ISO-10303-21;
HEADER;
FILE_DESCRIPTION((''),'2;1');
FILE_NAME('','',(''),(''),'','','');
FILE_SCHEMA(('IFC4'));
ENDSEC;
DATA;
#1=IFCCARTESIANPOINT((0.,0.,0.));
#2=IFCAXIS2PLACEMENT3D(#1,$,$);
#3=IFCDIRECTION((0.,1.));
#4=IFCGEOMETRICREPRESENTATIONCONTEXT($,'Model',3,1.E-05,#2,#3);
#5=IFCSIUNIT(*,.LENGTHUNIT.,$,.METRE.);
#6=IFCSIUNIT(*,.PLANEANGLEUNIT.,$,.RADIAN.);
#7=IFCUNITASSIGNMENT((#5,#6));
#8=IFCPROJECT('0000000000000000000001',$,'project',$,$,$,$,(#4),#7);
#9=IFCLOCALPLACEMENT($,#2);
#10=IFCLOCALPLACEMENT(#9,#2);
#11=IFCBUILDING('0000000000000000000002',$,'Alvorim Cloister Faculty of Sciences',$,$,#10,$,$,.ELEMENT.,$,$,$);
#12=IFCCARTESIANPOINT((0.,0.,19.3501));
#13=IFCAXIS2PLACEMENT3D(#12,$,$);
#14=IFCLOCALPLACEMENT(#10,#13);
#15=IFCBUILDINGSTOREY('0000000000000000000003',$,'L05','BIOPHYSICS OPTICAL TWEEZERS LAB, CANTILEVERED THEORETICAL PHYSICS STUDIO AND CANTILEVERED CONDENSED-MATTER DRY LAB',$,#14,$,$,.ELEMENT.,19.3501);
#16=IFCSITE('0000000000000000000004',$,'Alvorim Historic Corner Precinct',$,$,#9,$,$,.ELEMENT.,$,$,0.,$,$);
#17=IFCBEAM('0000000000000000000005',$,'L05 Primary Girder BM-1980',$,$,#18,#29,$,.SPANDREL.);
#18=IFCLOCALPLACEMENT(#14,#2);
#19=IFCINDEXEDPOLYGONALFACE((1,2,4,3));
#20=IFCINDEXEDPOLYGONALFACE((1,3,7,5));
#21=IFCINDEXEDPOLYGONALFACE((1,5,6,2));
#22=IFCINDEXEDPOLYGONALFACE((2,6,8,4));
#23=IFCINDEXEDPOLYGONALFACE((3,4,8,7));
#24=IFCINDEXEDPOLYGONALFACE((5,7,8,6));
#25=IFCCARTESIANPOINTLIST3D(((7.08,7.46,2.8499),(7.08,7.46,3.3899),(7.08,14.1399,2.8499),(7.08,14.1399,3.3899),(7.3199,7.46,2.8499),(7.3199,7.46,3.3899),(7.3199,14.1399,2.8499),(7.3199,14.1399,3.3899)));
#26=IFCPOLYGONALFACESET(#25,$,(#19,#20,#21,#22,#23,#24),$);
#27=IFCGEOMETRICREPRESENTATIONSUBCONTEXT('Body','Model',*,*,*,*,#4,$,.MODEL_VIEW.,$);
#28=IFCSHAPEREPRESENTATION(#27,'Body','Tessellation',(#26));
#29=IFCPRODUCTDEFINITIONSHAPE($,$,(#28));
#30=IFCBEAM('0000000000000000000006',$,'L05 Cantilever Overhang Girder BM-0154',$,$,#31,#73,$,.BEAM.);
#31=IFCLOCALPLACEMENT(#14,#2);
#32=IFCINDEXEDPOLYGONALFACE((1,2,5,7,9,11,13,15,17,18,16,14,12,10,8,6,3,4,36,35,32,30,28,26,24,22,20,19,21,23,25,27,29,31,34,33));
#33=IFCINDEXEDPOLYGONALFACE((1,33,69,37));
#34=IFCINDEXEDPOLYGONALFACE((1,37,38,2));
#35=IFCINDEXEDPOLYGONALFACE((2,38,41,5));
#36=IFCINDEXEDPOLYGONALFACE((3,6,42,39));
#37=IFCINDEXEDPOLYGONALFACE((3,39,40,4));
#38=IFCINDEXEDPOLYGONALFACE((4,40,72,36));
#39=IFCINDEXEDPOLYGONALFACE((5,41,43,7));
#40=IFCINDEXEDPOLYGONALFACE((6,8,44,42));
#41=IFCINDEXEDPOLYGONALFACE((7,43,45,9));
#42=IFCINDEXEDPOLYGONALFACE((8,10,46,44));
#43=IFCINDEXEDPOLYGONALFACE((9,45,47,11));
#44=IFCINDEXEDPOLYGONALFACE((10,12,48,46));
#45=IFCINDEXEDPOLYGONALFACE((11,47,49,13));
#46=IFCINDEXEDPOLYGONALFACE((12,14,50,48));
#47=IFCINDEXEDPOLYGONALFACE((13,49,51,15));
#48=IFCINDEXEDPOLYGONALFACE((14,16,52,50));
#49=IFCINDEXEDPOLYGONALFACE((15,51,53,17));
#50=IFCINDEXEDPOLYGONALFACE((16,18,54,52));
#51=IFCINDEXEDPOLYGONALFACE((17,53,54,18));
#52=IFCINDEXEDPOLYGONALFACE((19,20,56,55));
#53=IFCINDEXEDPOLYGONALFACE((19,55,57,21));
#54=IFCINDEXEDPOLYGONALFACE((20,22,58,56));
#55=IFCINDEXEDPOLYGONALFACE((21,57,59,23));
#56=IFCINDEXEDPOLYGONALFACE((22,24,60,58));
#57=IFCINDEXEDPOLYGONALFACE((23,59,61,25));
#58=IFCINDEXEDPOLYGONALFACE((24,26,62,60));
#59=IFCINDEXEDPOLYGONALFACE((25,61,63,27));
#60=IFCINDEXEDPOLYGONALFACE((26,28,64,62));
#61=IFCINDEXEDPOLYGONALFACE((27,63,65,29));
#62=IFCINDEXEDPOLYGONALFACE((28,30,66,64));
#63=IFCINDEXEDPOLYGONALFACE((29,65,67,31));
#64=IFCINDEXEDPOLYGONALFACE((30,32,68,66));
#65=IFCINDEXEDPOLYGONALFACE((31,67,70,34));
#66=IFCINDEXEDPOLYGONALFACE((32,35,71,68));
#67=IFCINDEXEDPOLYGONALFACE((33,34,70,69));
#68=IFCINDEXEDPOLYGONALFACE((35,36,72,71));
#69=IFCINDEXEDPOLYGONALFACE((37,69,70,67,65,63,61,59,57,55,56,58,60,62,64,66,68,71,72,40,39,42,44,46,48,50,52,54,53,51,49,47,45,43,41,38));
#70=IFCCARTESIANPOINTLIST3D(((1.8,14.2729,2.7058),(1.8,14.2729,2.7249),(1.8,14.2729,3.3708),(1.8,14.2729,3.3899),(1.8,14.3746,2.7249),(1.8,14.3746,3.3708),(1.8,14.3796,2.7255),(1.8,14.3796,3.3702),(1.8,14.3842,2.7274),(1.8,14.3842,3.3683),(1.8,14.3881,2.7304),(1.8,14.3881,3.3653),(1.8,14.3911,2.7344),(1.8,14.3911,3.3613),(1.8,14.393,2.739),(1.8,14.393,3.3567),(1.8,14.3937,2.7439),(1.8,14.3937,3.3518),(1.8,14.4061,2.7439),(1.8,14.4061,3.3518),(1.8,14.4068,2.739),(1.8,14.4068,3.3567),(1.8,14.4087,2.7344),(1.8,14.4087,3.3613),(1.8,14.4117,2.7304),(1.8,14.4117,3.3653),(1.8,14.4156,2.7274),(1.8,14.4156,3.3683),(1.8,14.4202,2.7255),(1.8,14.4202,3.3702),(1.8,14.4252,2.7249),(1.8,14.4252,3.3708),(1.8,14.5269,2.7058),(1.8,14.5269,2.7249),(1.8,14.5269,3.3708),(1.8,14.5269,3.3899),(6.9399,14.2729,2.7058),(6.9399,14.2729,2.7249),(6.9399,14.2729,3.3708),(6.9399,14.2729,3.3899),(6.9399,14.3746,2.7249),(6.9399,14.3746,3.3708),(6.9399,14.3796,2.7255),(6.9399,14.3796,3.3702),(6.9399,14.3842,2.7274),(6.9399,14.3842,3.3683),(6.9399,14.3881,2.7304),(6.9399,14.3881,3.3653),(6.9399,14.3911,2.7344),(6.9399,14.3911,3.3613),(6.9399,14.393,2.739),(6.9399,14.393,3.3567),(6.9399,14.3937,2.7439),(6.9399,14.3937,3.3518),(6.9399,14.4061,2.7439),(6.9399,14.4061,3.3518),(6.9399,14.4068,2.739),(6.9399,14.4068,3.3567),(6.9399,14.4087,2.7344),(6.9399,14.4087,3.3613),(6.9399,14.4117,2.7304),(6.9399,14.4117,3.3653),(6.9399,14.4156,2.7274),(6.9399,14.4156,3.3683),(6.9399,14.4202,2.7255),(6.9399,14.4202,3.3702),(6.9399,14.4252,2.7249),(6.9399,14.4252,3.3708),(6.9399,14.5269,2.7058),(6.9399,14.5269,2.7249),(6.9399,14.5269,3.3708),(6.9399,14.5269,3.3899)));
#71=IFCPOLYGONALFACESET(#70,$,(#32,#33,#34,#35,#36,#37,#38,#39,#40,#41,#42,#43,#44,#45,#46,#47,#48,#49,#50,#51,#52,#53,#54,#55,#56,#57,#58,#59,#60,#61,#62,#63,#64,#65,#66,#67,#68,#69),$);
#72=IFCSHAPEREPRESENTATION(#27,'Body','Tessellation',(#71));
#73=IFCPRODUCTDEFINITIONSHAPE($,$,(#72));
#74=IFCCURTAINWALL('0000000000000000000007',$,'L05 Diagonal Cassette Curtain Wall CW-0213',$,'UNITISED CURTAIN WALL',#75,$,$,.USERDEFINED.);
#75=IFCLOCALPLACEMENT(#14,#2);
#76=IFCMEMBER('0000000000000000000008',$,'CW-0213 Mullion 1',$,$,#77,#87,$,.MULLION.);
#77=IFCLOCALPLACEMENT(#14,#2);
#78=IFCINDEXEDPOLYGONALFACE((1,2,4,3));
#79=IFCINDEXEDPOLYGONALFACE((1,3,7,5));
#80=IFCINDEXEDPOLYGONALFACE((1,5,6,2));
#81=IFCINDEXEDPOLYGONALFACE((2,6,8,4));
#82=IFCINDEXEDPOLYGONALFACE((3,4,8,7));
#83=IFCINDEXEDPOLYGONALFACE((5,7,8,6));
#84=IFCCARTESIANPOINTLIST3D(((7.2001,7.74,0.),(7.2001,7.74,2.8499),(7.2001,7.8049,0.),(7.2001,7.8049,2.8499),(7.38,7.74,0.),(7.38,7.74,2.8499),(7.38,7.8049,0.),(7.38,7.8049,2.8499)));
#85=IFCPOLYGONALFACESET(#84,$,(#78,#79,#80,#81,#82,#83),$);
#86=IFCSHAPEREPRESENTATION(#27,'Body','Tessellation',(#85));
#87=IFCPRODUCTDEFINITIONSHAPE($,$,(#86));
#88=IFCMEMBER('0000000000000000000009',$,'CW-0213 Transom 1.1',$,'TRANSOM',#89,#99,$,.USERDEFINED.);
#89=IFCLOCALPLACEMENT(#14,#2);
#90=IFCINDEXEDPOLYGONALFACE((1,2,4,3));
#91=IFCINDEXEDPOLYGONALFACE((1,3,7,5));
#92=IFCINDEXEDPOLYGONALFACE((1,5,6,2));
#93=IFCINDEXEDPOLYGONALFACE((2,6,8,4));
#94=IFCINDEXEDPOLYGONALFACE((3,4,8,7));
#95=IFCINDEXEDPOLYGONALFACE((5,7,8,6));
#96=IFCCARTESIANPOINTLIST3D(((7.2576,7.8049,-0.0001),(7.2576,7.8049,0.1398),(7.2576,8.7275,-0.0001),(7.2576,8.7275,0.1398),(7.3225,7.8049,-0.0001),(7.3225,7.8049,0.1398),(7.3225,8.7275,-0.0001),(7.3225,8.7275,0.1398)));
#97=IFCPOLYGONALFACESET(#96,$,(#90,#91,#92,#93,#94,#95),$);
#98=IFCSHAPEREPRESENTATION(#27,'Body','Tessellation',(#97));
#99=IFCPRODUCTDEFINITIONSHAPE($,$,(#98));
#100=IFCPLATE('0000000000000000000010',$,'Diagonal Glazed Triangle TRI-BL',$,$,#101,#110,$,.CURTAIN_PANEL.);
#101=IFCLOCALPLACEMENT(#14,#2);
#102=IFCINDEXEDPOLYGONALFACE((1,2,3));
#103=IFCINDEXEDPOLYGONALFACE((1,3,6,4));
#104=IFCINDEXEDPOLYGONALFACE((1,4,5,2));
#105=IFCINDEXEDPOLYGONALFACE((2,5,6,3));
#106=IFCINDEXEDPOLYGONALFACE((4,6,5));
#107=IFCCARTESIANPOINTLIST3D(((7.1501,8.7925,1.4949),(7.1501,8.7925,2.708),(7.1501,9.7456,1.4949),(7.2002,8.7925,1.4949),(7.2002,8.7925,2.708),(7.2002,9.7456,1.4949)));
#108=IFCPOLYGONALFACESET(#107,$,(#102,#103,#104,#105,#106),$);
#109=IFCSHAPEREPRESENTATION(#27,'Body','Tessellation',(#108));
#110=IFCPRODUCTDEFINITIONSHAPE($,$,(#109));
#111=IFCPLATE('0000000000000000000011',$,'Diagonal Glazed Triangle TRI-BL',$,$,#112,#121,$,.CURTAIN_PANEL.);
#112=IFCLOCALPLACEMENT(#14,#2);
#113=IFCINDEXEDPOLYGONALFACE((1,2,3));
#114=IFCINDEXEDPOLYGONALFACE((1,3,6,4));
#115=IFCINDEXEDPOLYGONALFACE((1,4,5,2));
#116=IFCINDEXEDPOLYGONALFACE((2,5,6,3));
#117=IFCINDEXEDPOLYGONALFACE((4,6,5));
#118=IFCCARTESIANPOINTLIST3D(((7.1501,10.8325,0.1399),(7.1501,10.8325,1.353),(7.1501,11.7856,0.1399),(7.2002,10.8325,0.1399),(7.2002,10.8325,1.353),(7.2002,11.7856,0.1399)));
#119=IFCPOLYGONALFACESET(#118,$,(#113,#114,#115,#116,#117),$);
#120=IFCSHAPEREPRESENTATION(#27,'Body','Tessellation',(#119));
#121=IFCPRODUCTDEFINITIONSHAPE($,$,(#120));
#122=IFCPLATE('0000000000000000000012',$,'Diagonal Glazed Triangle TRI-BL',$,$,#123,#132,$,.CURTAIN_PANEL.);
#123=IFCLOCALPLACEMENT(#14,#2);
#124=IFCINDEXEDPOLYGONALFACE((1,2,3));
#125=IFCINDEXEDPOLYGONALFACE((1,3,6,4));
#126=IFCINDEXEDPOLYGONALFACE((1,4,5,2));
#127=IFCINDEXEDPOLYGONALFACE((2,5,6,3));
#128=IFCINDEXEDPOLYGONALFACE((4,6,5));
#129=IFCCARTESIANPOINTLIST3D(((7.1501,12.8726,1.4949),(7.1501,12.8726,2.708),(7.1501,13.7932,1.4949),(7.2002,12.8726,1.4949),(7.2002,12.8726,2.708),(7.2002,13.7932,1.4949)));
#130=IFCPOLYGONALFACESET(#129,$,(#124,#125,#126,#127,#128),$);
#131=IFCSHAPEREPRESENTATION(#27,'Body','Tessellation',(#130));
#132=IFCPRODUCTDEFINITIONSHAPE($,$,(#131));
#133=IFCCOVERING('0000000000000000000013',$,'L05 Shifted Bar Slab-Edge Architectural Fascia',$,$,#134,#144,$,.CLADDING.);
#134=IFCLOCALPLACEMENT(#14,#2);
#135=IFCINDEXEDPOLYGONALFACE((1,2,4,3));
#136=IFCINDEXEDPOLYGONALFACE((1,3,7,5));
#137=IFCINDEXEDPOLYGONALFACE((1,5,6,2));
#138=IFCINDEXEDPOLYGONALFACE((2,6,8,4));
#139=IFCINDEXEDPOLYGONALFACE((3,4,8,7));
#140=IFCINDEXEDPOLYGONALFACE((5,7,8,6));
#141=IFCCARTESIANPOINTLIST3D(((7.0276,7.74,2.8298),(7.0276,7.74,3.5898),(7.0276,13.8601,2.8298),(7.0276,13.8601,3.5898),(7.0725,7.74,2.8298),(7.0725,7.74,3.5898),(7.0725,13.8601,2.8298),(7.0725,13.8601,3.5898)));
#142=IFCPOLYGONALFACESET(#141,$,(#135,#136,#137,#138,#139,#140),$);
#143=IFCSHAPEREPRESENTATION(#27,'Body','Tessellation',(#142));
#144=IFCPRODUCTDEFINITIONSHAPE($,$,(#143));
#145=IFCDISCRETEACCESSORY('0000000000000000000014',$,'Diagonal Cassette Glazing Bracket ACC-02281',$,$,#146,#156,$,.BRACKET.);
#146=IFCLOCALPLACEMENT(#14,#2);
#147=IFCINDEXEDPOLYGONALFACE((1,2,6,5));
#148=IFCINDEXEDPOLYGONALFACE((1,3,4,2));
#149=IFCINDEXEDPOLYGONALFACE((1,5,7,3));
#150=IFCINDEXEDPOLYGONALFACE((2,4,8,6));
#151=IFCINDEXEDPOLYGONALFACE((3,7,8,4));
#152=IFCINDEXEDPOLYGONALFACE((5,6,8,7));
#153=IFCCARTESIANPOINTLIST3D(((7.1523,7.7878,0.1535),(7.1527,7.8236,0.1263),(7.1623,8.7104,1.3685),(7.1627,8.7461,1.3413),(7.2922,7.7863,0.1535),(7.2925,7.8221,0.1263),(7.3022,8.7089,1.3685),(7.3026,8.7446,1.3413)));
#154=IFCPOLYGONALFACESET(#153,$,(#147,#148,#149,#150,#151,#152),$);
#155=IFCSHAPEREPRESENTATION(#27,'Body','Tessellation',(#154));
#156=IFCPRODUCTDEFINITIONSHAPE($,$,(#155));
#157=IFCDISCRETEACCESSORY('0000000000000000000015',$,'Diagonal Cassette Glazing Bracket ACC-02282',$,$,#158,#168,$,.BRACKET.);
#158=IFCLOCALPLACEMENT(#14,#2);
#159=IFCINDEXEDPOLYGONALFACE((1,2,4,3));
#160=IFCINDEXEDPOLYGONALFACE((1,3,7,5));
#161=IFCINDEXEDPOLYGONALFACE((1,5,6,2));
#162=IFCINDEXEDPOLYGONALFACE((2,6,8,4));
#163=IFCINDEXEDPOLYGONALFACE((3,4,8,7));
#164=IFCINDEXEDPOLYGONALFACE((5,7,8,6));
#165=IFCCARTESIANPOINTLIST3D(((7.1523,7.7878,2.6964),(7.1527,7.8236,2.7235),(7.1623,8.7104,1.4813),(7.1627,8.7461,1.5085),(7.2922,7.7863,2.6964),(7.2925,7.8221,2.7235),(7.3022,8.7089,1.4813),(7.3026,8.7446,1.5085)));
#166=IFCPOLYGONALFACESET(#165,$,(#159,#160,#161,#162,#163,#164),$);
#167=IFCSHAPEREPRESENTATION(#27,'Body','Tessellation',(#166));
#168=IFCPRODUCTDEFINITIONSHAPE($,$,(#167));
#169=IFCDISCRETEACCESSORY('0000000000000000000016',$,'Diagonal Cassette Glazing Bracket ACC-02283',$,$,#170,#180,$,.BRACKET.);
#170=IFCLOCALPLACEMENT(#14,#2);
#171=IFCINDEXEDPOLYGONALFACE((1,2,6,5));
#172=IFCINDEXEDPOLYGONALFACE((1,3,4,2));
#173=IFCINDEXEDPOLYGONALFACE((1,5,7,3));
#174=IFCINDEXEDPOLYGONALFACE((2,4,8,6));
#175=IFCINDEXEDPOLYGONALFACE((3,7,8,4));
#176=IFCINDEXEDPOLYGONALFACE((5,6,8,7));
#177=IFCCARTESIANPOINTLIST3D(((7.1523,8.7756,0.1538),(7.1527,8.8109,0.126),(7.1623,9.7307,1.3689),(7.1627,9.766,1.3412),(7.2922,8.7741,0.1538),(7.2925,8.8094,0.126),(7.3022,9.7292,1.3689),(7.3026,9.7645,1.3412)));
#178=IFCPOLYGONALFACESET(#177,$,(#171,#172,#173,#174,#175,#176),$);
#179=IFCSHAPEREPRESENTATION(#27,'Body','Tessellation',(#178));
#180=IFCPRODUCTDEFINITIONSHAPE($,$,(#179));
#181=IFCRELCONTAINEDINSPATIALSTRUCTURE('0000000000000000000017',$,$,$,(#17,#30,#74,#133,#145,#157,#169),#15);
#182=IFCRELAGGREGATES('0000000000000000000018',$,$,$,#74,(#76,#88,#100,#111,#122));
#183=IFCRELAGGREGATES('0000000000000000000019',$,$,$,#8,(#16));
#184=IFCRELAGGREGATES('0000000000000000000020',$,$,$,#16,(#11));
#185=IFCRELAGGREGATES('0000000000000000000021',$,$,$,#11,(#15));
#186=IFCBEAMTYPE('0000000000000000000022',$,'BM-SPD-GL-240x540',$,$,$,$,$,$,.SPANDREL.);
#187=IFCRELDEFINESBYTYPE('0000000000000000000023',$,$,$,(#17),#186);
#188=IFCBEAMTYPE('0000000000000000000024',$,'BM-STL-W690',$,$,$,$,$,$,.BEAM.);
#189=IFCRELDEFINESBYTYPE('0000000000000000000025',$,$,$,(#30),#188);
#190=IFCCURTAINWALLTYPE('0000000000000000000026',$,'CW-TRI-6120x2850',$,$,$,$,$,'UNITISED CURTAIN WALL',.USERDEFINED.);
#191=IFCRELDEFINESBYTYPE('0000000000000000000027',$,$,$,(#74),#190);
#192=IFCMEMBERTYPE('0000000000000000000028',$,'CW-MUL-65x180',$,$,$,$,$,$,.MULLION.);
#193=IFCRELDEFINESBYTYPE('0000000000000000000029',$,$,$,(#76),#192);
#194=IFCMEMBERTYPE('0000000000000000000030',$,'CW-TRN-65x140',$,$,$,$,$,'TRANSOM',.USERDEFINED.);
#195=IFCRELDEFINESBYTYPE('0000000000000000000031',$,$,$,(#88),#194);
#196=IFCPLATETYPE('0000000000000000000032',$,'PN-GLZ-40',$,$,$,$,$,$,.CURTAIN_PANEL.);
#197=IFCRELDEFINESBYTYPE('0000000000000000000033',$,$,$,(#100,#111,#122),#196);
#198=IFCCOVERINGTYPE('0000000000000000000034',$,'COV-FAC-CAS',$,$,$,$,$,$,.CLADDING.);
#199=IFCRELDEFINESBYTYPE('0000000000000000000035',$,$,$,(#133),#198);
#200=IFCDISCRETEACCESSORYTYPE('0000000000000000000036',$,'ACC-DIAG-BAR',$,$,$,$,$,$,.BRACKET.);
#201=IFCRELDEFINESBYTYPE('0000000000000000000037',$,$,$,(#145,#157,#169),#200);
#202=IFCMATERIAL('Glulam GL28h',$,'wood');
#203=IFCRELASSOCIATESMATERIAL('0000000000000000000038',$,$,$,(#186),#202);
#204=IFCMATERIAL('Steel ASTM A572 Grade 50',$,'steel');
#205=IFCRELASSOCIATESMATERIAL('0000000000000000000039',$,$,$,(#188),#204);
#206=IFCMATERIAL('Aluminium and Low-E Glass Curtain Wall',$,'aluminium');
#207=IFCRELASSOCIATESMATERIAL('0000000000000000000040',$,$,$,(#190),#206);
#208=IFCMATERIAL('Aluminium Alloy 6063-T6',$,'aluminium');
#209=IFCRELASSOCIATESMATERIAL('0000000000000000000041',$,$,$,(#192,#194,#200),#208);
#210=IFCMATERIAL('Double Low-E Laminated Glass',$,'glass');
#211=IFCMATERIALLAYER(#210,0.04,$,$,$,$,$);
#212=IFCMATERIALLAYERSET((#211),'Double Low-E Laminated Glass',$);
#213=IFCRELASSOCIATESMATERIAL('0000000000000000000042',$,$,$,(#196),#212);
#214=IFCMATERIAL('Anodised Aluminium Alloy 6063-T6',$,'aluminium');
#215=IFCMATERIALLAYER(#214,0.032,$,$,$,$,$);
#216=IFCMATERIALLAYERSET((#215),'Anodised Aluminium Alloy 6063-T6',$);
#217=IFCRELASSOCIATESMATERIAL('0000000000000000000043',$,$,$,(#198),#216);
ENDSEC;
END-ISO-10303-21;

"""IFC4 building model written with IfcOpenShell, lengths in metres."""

from ifc_helpers import new_model, si_unit, direction, frame, origin, origin_2d, place, context, subcontext, project, spatial, polyline, rectangle, i_section, outline, extrude, material, layer, layer_set, material_profile, profile_set, type_object, element, aggregate, save


model = new_model("IFC4")

# Units and contexts
model_context = context("Model", 3, precision=1e-05, world=origin(), true_north=direction((0.0, 1.0)))
body_context = subcontext(model_context, "Body", "Model", "MODEL_VIEW")
ifc_project = project(units=[si_unit("LENGTHUNIT", "METRE"), si_unit("PLANEANGLEUNIT", "RADIAN")], contexts=[model_context])

# Site, building, storey
site_placement = place(None, origin())
site = spatial("IfcSite", under=ifc_project, at=site_placement, Name="Alvorim Historic Corner Precinct", CompositionType="ELEMENT", RefElevation=0.0)
building_placement = place(site_placement, origin())
building = spatial("IfcBuilding", under=site, at=building_placement, Name="Alvorim Cloister Faculty of Sciences", CompositionType="ELEMENT")
storey_placement = place(building_placement, frame((0.0, 0.0, 19.3501)))
storey = spatial("IfcBuildingStorey", under=building, at=storey_placement, Name="L05", Description="BIOPHYSICS OPTICAL TWEEZERS LAB, CANTILEVERED THEORETICAL PHYSICS STUDIO AND CANTILEVERED CONDENSED-MATTER DRY LAB", CompositionType="ELEMENT", Elevation=19.3501)

# Beams
ifc_material_1 = material(Name="Glulam GL28h", Category="wood")
ifc_material_profile_1 = material_profile(ifc_material_1, rectangle(XDim=0.24, YDim=0.54, at=origin_2d()), Name="GL28-SPD-240x540")
ifc_profile_set_1 = profile_set([ifc_material_profile_1], Name="Glulam GL28h")
beam_type_1 = type_object("IfcBeamType", Name="BM-SPD-GL-240x540", PredefinedType="SPANDREL", material=ifc_profile_set_1)
beam_1_placement = place(storey_placement, frame((7.2, 7.46, 3.1199), z_axis=(0.0, 1.0, 0.0), x_axis=(-1.0, 0.0, 0.0)))
element("IfcBeam", 1, at=beam_1_placement, inside=storey, type_object=beam_type_1, Name="L05 Primary Girder BM-1980", PredefinedType="SPANDREL", context=body_context, shape_type="SweptSolid", body=[
    extrude(rectangle(XDim=0.24, YDim=0.54, at=origin_2d()), origin(), (0.0, 0.0, 1.0), 6.6799),
])
ifc_material_2 = material(Name="Steel ASTM A572 Grade 50", Category="steel")
ifc_material_profile_2 = material_profile(ifc_material_2, i_section(OverallWidth=0.2539, OverallDepth=0.6841, WebThickness=0.0125, FlangeThickness=0.019, FilletRadius=0.019, at=origin_2d()), Name="W690x140.0")
ifc_profile_set_2 = profile_set([ifc_material_profile_2], Name="Steel ASTM A572 Grade 50")
beam_type_2 = type_object("IfcBeamType", Name="BM-STL-W690", PredefinedType="BEAM", material=ifc_profile_set_2)
beam_2_placement = place(storey_placement, frame((1.8, 14.3999, 3.0479), z_axis=(1.0, 0.0, 0.0), x_axis=(0.0, 1.0, 0.0)))
element("IfcBeam", 2, at=beam_2_placement, inside=storey, type_object=beam_type_2, Name="L05 Cantilever Overhang Girder BM-0154", PredefinedType="BEAM", context=body_context, shape_type="SweptSolid", body=[
    extrude(i_section(OverallWidth=0.2539, OverallDepth=0.6841, WebThickness=0.0125, FlangeThickness=0.019, FilletRadius=0.019, at=origin_2d()), origin(), (0.0, 0.0, 1.0), 5.1399),
])

# Curtain wall, members, plates
ifc_material_3 = material(Name="Aluminium and Low-E Glass Curtain Wall", Category="aluminium")
curtain_wall_type = type_object("IfcCurtainWallType", Name="CW-TRI-6120x2850", ElementType="UNITISED CURTAIN WALL", PredefinedType="USERDEFINED", material=ifc_material_3)
curtain_wall_placement = place(storey_placement, origin())
curtain_wall = element("IfcCurtainWall", 3, at=curtain_wall_placement, inside=storey, type_object=curtain_wall_type, Name="L05 Diagonal Cassette Curtain Wall CW-0213", ObjectType="UNITISED CURTAIN WALL", PredefinedType="USERDEFINED")
ifc_material_4 = material(Name="Aluminium Alloy 6063-T6", Category="aluminium")
ifc_material_profile_3 = material_profile(ifc_material_4, rectangle(XDim=0.0649, YDim=0.1799, at=origin_2d()), Name="ALU-MUL-65x180")
ifc_profile_set_3 = profile_set([ifc_material_profile_3], Name="Aluminium Alloy 6063-T6")
member_type_1 = type_object("IfcMemberType", Name="CW-MUL-65x180", PredefinedType="MULLION", material=ifc_profile_set_3)
member_1_placement = place(storey_placement, frame((7.29, 7.7725, 0.0), z_axis=(0.0, 0.0, 1.0), x_axis=(0.0, 1.0, 0.0)))
member_1 = element("IfcMember", 4, at=member_1_placement, type_object=member_type_1, Name="CW-0213 Mullion 1", PredefinedType="MULLION", context=body_context, shape_type="SweptSolid", body=[
    extrude(rectangle(XDim=0.0649, YDim=0.1799, at=origin_2d()), origin(), (0.0, 0.0, 1.0), 2.8499),
])
ifc_material_profile_4 = material_profile(ifc_material_4, rectangle(XDim=0.0649, YDim=0.1399, at=origin_2d()), Name="ALU-TRN-65x140")
ifc_profile_set_4 = profile_set([ifc_material_profile_4], Name="Aluminium Alloy 6063-T6")
member_type_2 = type_object("IfcMemberType", Name="CW-TRN-65x140", ElementType="TRANSOM", PredefinedType="USERDEFINED", material=ifc_profile_set_4)
member_2_placement = place(storey_placement, frame((7.29, 7.8049, 0.0698), z_axis=(0.0, 1.0, 0.0), x_axis=(-1.0, 0.0, 0.0)))
member_2 = element("IfcMember", 5, at=member_2_placement, type_object=member_type_2, Name="CW-0213 Transom 1.1", ObjectType="TRANSOM", PredefinedType="USERDEFINED", context=body_context, shape_type="SweptSolid", body=[
    extrude(rectangle(XDim=0.0649, YDim=0.1399, at=origin_2d()), origin(), (0.0, 0.0, 1.0), 0.9226),
])
ifc_material_5 = material(Name="Double Low-E Laminated Glass", Category="glass")
ifc_layer_1 = layer(ifc_material_5, 0.04)
ifc_layer_set_1 = layer_set([ifc_layer_1], Name="Double Low-E Laminated Glass")
plate_type = type_object("IfcPlateType", Name="PN-GLZ-40", PredefinedType="CURTAIN_PANEL", material=ifc_layer_set_1)
plate_1_placement = place(storey_placement, frame((7.175, 8.7925, 1.4949), z_axis=(0.0, 0.0, 1.0), x_axis=(0.0, 1.0, 0.0)))
plate_1 = element("IfcPlate", 6, at=plate_1_placement, type_object=plate_type, Name="Diagonal Glazed Triangle TRI-BL", PredefinedType="CURTAIN_PANEL", context=body_context, shape_type="SweptSolid", body=[
    extrude(outline(polyline([(0.0, 0.0), (0.9531, 0.0), (0.0, 1.2131), (0.0, 0.0)])), frame((0.0, 0.0249, 0.0), z_axis=(0.0, -1.0, 0.0), x_axis=(1.0, 0.0, 0.0)), (0.0, 0.0, 1.0), 0.05),
])
plate_2_placement = place(storey_placement, frame((7.175, 10.8325, 0.1399), z_axis=(0.0, 0.0, 1.0), x_axis=(0.0, 1.0, 0.0)))
plate_2 = element("IfcPlate", 7, at=plate_2_placement, type_object=plate_type, Name="Diagonal Glazed Triangle TRI-BL", PredefinedType="CURTAIN_PANEL", context=body_context, shape_type="SweptSolid", body=[
    extrude(outline(polyline([(0.0, 0.0), (0.9531, 0.0), (0.0, 1.2131), (0.0, 0.0)])), frame((0.0, 0.0249, 0.0), z_axis=(0.0, -1.0, 0.0), x_axis=(1.0, 0.0, 0.0)), (0.0, 0.0, 1.0), 0.05),
])
plate_3_placement = place(storey_placement, frame((7.175, 12.8726, 1.4949), z_axis=(0.0, 0.0, 1.0), x_axis=(0.0, 1.0, 0.0)))
plate_3 = element("IfcPlate", 8, at=plate_3_placement, type_object=plate_type, Name="Diagonal Glazed Triangle TRI-BL", PredefinedType="CURTAIN_PANEL", context=body_context, shape_type="SweptSolid", body=[
    extrude(outline(polyline([(0.0, 0.0), (0.9207, 0.0), (0.0, 1.2131), (0.0, 0.0)])), frame((0.0, 0.0249, 0.0), z_axis=(0.0, -1.0, 0.0), x_axis=(1.0, 0.0, 0.0)), (0.0, 0.0, 1.0), 0.05),
])
aggregate(curtain_wall, [member_1, member_2, plate_1, plate_2, plate_3])

# Covering
ifc_material_6 = material(Name="Anodised Aluminium Alloy 6063-T6", Category="aluminium")
ifc_layer_2 = layer(ifc_material_6, 0.032)
ifc_layer_set_2 = layer_set([ifc_layer_2], Name="Anodised Aluminium Alloy 6063-T6")
covering_type = type_object("IfcCoveringType", Name="COV-FAC-CAS", PredefinedType="CLADDING", material=ifc_layer_set_2)
covering_placement = place(storey_placement, frame((7.05, 7.74, 2.8298), z_axis=(0.0, 0.0, 1.0), x_axis=(0.0, 1.0, 0.0)))
element("IfcCovering", 9, at=covering_placement, inside=storey, type_object=covering_type, Name="L05 Shifted Bar Slab-Edge Architectural Fascia", PredefinedType="CLADDING", context=body_context, shape_type="SweptSolid", body=[
    extrude(outline(polyline([(0.0, 0.0), (6.1201, 0.0), (6.1201, 0.76), (0.0, 0.76), (0.0, 0.0)])), frame((0.0, 0.0225, 0.0), z_axis=(0.0, -1.0, 0.0), x_axis=(1.0, 0.0, 0.0)), (0.0, 0.0, 1.0), 0.0449),
])

# Discrete accessories
discrete_accessory_type = type_object("IfcDiscreteAccessoryType", Name="ACC-DIAG-BAR", PredefinedType="BRACKET", material=ifc_material_4)
for number, where, z_axis, x_axis, name in (
    (10, (7.2224, 7.8049, 0.1399), (0.006561, 0.604713, 0.796416), (-0.999941, 0.010849, 0.0), "Diagonal Cassette Glazing Bracket ACC-02281"),
    (11, (7.2224, 7.8049, 2.71), (0.006561, 0.604713, -0.796416), (-0.999941, 0.010849, 0.0), "Diagonal Cassette Glazing Bracket ACC-02282"),
):
    element("IfcDiscreteAccessory", number, at=place(storey_placement, frame(where, z_axis=z_axis, x_axis=x_axis)), inside=storey, type_object=discrete_accessory_type, Name=name, PredefinedType="BRACKET", context=body_context, shape_type="SweptSolid", body=[
        extrude(rectangle(XDim=0.1399, YDim=0.0449, at=origin_2d()), origin(), (0.0, 0.0, 1.0), 1.5256),
    ])
for number, where, z_axis, x_axis, name in (
    (12, (7.2224, 8.7925, 0.1399), (0.006477, 0.617955, 0.786187), (-0.999945, 0.01048, 0.0), "Diagonal Cassette Glazing Bracket ACC-02283"),
):
    element("IfcDiscreteAccessory", number, at=place(storey_placement, frame(where, z_axis=z_axis, x_axis=x_axis)), inside=storey, type_object=discrete_accessory_type, Name=name, PredefinedType="BRACKET", context=body_context, shape_type="SweptSolid", body=[
        extrude(rectangle(XDim=0.1399, YDim=0.0449, at=origin_2d()), origin(), (0.0, 0.0, 1.0), 1.5457),
    ])

save(model, "model.ifc")
